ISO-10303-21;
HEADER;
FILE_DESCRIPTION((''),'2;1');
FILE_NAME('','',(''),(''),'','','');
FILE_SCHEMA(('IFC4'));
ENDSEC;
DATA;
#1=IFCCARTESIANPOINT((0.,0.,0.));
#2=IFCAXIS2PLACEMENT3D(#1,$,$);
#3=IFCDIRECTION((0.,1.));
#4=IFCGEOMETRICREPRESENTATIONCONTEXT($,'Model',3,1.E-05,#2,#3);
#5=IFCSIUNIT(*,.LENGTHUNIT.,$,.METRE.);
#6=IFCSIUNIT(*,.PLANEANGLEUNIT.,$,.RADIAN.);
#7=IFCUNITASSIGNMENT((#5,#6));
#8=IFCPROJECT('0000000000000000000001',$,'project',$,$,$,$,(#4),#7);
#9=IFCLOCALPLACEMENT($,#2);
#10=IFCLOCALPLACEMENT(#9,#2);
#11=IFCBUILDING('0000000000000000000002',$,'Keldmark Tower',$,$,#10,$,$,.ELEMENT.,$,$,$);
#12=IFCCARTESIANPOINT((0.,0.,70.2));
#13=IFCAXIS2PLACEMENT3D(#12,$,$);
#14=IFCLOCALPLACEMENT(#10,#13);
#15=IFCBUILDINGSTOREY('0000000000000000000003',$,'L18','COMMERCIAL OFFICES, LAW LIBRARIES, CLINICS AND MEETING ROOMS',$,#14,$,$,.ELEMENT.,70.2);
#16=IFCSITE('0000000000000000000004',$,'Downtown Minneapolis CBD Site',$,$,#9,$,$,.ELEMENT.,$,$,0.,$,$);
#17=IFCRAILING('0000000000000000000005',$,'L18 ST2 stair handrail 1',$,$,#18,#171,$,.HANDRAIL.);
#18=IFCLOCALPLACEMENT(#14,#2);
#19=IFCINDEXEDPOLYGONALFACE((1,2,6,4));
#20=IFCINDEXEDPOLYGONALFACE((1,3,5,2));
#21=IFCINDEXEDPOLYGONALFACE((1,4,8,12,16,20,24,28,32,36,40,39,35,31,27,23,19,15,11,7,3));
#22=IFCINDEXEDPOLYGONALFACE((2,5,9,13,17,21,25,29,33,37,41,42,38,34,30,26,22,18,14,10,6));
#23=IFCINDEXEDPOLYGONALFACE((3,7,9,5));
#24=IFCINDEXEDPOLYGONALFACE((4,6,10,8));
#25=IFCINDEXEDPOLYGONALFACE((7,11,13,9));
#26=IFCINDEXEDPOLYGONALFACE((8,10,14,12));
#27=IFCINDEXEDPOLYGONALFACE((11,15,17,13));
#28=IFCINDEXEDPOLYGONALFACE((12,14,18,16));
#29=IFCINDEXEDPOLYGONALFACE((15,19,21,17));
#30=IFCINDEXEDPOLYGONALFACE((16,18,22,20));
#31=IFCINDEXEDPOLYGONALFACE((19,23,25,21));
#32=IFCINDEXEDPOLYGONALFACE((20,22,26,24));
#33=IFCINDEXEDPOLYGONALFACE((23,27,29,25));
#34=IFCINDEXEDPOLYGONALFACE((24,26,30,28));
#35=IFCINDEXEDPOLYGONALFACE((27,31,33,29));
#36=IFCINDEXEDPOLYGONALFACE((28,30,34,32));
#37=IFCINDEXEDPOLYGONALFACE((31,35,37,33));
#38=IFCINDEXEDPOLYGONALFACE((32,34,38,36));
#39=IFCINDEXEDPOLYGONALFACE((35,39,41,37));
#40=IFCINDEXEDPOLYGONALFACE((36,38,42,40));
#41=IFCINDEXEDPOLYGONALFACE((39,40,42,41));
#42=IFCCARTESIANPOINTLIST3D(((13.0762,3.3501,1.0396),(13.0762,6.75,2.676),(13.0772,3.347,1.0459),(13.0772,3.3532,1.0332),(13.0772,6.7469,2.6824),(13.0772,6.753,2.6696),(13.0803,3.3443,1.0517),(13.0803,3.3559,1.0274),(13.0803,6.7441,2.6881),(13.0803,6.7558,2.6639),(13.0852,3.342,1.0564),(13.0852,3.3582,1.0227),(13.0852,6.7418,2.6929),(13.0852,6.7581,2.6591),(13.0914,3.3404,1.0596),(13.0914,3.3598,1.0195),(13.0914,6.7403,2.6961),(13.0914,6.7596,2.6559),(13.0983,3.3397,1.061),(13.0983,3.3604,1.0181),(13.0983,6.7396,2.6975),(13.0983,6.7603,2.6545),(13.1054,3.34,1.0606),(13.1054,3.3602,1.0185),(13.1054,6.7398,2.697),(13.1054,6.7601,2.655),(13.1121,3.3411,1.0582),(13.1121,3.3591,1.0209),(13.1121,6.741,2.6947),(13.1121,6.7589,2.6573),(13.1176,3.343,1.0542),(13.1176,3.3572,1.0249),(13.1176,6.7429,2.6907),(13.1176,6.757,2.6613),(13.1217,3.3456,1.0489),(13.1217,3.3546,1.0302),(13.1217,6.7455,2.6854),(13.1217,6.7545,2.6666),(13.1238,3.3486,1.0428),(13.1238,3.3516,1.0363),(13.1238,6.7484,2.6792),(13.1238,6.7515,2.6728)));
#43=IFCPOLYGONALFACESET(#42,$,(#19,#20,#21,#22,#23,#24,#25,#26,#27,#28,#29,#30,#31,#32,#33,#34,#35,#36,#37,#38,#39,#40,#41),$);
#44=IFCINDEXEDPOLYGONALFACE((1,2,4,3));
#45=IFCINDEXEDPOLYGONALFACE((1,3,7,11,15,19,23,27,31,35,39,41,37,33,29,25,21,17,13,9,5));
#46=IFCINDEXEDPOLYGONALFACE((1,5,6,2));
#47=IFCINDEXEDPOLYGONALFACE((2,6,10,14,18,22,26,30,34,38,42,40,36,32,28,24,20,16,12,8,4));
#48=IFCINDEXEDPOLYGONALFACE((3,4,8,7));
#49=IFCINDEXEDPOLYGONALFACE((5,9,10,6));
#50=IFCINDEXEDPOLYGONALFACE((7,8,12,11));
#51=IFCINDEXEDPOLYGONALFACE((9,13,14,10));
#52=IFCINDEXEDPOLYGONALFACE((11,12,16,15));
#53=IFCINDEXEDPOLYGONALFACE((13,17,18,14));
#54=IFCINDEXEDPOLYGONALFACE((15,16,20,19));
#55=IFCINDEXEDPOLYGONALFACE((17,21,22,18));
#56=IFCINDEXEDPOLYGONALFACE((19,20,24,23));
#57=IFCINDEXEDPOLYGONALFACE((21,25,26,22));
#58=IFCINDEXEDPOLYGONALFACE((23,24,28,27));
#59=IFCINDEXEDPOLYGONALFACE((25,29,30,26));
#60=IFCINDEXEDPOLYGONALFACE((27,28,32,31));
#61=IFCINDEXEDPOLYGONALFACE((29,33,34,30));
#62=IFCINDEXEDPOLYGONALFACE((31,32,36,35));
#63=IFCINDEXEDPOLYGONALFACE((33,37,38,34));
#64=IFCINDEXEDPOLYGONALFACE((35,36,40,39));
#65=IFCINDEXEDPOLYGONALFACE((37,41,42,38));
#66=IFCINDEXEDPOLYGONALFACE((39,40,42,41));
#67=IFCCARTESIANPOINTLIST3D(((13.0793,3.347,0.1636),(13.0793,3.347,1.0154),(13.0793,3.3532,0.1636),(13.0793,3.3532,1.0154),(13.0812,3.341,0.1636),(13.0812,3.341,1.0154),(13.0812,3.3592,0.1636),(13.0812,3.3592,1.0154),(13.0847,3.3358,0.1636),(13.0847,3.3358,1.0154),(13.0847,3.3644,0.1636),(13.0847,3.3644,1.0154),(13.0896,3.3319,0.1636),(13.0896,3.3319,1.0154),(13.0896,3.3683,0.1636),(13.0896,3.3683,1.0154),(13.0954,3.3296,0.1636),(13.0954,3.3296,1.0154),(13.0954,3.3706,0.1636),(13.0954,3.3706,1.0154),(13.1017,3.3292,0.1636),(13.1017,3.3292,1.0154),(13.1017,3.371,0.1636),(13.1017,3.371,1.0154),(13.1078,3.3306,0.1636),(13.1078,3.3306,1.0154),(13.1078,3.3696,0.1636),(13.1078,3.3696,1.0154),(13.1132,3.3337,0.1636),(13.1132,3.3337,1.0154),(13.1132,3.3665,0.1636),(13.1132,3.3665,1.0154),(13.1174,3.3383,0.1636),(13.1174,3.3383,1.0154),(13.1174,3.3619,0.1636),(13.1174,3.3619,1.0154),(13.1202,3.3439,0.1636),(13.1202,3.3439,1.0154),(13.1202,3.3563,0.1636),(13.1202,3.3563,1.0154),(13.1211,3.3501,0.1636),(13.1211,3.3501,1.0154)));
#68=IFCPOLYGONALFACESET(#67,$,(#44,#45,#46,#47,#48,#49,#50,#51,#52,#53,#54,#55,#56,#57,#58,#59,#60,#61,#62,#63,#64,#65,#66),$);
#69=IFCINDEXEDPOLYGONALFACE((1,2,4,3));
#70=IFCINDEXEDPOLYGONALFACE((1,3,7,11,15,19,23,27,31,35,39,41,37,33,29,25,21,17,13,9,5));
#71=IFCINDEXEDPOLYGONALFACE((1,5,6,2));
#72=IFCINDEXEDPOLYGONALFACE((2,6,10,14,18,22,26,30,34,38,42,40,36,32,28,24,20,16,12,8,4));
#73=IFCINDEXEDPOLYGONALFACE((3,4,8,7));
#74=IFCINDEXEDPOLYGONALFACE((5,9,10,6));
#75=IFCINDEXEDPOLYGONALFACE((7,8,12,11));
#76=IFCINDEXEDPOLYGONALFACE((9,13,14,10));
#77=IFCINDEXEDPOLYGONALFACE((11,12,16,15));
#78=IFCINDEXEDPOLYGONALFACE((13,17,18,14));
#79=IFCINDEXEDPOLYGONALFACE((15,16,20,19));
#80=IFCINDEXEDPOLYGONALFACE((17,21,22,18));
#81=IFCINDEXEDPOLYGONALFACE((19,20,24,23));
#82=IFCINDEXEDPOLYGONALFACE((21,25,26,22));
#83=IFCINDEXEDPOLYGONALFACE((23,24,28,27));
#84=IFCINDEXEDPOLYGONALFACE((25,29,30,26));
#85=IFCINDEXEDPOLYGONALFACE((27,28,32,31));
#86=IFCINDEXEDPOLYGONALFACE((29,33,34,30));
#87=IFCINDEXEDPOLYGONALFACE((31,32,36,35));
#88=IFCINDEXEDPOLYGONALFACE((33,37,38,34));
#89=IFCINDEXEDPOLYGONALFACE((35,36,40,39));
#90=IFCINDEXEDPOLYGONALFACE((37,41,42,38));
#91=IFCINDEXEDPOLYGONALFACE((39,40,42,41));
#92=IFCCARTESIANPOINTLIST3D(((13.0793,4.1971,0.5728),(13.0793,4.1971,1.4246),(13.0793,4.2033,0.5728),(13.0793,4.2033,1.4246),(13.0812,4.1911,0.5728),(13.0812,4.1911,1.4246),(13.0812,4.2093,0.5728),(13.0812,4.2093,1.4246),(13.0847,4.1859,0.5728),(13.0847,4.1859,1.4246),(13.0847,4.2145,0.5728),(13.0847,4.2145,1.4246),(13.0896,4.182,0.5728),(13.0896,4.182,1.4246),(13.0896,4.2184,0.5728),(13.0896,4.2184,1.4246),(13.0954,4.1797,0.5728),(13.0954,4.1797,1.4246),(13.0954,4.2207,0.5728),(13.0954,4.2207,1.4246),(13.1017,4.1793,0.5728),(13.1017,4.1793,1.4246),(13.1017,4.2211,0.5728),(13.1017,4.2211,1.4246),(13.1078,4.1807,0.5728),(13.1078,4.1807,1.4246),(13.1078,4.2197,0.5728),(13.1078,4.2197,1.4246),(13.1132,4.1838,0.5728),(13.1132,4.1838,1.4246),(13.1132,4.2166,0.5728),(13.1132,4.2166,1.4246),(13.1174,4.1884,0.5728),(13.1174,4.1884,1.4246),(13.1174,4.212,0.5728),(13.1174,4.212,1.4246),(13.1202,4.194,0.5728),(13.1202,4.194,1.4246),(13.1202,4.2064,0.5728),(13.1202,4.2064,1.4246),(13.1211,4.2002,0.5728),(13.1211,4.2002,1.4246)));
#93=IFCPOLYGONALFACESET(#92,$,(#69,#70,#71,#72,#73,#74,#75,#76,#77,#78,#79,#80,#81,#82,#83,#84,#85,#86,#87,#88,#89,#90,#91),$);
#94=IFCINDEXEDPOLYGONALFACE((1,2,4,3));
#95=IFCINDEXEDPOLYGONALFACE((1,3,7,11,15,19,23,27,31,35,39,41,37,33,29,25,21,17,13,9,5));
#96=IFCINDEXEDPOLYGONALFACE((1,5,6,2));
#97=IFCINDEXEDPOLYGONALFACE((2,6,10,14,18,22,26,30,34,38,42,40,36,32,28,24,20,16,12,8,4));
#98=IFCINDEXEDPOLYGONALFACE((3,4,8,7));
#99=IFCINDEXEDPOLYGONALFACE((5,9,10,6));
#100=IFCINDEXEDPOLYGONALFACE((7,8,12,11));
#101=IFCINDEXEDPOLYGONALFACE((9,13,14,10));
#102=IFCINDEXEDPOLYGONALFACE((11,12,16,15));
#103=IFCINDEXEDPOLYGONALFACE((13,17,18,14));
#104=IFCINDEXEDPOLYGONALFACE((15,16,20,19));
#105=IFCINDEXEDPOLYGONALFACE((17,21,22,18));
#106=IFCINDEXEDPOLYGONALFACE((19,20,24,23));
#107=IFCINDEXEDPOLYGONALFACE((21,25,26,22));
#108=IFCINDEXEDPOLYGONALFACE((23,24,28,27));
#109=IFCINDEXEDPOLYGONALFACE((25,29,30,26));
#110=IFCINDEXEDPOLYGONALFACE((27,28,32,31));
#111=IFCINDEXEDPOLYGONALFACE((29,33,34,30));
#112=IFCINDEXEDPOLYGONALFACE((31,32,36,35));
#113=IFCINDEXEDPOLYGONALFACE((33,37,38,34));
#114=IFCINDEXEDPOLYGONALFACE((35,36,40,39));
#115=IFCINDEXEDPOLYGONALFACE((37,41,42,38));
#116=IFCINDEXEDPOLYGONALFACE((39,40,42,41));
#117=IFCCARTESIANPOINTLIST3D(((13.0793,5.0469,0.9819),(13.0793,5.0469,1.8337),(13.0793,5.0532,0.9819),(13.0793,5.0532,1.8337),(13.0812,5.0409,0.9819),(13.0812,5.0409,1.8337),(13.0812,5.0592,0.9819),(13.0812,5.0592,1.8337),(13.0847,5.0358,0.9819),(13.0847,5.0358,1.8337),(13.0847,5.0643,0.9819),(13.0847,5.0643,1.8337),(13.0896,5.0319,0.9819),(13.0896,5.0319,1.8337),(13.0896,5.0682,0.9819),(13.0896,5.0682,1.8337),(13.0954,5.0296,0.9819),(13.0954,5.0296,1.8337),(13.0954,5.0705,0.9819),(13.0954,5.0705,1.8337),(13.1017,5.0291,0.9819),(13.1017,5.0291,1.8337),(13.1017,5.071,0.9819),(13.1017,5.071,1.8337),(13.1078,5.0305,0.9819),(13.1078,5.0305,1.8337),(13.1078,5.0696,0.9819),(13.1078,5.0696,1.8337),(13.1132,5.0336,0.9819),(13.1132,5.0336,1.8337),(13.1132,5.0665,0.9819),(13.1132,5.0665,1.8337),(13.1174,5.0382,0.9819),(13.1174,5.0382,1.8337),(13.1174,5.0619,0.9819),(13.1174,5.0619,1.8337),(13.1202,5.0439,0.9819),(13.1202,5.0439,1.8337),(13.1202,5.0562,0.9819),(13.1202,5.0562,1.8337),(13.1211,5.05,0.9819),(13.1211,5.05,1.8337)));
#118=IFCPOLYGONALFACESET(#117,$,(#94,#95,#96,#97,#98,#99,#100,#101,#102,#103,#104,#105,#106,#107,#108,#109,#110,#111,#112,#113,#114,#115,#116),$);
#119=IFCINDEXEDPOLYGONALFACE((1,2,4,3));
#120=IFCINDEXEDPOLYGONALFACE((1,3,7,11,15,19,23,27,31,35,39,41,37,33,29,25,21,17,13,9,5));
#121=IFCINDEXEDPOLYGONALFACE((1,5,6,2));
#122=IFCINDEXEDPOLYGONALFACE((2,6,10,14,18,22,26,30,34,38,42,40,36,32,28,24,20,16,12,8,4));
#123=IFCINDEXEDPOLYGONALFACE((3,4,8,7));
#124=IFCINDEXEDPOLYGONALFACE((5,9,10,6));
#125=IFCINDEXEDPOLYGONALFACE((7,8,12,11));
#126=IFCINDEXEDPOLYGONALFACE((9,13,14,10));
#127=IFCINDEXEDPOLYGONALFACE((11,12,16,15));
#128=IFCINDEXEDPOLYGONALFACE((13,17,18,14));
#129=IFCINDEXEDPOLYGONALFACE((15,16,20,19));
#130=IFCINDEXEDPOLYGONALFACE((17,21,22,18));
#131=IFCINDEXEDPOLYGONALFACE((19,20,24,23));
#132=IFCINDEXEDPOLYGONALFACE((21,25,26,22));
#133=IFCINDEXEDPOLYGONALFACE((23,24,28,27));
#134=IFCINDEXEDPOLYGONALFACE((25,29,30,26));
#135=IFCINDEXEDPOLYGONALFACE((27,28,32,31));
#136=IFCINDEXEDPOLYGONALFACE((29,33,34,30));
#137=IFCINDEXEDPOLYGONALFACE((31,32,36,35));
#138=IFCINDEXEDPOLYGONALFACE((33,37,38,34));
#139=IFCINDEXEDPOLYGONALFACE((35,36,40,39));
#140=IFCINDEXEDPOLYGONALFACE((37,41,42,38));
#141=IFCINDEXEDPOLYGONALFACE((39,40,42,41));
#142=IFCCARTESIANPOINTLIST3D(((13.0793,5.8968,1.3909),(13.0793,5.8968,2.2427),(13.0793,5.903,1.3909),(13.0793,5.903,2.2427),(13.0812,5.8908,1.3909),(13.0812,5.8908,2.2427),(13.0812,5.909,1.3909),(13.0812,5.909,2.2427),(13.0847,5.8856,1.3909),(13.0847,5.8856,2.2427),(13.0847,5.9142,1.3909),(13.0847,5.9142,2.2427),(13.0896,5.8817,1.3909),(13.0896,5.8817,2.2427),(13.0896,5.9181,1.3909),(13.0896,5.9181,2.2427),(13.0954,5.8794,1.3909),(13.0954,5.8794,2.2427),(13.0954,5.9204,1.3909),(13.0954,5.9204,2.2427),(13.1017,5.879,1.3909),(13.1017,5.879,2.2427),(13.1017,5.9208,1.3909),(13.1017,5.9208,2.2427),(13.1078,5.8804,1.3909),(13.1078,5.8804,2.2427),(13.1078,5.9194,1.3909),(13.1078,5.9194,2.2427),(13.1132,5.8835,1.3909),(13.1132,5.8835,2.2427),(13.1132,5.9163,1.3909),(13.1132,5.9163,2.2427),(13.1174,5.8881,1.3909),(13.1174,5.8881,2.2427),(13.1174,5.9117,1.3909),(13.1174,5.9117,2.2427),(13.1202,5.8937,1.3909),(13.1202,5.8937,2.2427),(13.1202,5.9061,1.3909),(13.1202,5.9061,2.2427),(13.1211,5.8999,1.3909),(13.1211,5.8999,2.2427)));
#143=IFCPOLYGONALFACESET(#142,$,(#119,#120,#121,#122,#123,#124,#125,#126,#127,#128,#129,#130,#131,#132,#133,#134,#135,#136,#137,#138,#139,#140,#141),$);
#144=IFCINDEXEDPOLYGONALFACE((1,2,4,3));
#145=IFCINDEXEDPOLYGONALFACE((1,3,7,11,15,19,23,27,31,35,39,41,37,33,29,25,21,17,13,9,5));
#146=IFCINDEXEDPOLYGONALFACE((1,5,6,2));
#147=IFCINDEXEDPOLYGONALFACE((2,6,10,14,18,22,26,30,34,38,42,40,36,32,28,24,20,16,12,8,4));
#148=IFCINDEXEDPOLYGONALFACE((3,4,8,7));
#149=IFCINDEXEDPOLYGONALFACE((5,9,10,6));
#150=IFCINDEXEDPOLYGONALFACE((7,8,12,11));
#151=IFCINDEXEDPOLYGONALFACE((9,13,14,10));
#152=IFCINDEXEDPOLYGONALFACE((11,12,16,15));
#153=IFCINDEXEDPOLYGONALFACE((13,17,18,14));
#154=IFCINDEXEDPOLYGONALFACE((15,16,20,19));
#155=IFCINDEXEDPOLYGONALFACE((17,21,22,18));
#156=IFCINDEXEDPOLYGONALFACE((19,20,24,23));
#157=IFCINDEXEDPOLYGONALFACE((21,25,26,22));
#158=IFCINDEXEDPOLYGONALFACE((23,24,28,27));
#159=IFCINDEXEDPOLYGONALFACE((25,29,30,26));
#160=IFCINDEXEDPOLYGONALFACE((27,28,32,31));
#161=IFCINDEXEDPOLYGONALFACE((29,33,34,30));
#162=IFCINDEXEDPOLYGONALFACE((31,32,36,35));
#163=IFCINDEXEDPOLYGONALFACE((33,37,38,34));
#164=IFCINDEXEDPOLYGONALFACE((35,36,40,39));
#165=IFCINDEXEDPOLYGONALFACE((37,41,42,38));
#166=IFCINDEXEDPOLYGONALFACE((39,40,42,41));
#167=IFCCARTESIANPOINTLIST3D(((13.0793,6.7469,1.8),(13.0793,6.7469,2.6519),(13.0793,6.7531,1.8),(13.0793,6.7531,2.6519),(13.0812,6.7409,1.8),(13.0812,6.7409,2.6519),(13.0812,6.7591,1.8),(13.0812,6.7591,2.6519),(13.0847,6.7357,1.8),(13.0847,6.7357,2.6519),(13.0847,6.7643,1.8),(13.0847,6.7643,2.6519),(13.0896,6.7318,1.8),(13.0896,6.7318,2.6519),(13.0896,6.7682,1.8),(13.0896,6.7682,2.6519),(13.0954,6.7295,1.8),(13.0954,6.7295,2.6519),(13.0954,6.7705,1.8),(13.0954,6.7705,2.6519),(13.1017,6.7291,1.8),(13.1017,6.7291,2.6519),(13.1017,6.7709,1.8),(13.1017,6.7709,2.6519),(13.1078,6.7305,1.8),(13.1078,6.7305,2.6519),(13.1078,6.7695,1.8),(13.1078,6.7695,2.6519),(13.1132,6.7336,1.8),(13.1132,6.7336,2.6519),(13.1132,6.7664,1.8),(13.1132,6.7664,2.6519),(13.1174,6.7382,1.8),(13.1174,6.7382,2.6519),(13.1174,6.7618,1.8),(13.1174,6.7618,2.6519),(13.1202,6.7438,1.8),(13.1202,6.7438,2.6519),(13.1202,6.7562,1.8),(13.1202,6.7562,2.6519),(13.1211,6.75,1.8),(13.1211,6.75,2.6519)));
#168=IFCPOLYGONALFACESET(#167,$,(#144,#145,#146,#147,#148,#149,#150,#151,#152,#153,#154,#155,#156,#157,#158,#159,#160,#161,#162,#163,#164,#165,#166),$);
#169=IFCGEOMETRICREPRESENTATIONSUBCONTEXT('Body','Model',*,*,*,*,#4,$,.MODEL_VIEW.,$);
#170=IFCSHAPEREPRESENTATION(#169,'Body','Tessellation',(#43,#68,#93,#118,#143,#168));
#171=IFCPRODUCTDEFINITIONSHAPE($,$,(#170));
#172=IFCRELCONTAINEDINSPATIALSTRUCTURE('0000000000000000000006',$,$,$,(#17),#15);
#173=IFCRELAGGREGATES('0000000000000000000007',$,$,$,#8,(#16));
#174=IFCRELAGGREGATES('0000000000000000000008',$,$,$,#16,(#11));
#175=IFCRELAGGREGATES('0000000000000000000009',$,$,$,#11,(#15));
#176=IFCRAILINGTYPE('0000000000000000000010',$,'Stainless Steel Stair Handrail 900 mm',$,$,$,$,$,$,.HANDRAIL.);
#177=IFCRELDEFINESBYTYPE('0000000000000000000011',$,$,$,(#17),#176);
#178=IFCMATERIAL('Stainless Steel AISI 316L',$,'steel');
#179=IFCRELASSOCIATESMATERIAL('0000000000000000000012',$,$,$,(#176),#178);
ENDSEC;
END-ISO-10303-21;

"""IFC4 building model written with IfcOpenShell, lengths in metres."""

from ifc_helpers import new_model, si_unit, direction, frame, origin, origin_2d, place, context, subcontext, project, spatial, circle, extrude, material, type_object, element, save


model = new_model("IFC4")

# Units and contexts
model_context = context("Model", 3, precision=1e-05, world=origin(), true_north=direction((0.0, 1.0)))
body_context = subcontext(model_context, "Body", "Model", "MODEL_VIEW")
ifc_project = project(units=[si_unit("LENGTHUNIT", "METRE"), si_unit("PLANEANGLEUNIT", "RADIAN")], contexts=[model_context])

# Site, building, storey
site_placement = place(None, origin())
site = spatial("IfcSite", under=ifc_project, at=site_placement, Name="Downtown Minneapolis CBD Site", CompositionType="ELEMENT", RefElevation=0.0)
building_placement = place(site_placement, origin())
building = spatial("IfcBuilding", under=site, at=building_placement, Name="Keldmark Tower", CompositionType="ELEMENT")
storey_placement = place(building_placement, frame((0.0, 0.0, 70.2)))
storey = spatial("IfcBuildingStorey", under=building, at=storey_placement, Name="L18", Description="COMMERCIAL OFFICES, LAW LIBRARIES, CLINICS AND MEETING ROOMS", CompositionType="ELEMENT", Elevation=70.2)

# Railing
ifc_material_1 = material(Name="Stainless Steel AISI 316L", Category="steel")
railing_type_1 = type_object("IfcRailingType", Name="Stainless Steel Stair Handrail 900 mm", PredefinedType="HANDRAIL", material=ifc_material_1)
railing_1_placement = place(storey_placement, frame((13.1001, 3.3501, 0.1636)))
element("IfcRailing", 1, at=railing_1_placement, inside=storey, type_object=railing_type_1, Name="L18 ST2 stair handrail 1", PredefinedType="HANDRAIL", context=body_context, shape_type="SweptSolid", body=[
    extrude(circle(Radius=0.0239, at=origin_2d()), frame((0.0, 0.0, 0.876), z_axis=(0.0, 0.901055, 0.433705), x_axis=(-1.0, 0.0, 0.0)), (0.0, 0.0, 1.0), 3.7732),
    extrude(circle(Radius=0.021, at=origin_2d()), origin(), (0.0, 0.0, 1.0), 0.8518),
    extrude(circle(Radius=0.021, at=origin_2d()), frame((0.0, 0.8501, 0.4092)), (0.0, 0.0, 1.0), 0.8518),
    extrude(circle(Radius=0.021, at=origin_2d()), frame((0.0, 1.7, 0.8184)), (0.0, 0.0, 1.0), 0.8518),
    extrude(circle(Radius=0.021, at=origin_2d()), frame((0.0, 2.5498, 1.2273)), (0.0, 0.0, 1.0), 0.8518),
    extrude(circle(Radius=0.021, at=origin_2d()), frame((0.0, 3.3999, 1.6365)), (0.0, 0.0, 1.0), 0.8518),
])

save(model, "model.ifc")
